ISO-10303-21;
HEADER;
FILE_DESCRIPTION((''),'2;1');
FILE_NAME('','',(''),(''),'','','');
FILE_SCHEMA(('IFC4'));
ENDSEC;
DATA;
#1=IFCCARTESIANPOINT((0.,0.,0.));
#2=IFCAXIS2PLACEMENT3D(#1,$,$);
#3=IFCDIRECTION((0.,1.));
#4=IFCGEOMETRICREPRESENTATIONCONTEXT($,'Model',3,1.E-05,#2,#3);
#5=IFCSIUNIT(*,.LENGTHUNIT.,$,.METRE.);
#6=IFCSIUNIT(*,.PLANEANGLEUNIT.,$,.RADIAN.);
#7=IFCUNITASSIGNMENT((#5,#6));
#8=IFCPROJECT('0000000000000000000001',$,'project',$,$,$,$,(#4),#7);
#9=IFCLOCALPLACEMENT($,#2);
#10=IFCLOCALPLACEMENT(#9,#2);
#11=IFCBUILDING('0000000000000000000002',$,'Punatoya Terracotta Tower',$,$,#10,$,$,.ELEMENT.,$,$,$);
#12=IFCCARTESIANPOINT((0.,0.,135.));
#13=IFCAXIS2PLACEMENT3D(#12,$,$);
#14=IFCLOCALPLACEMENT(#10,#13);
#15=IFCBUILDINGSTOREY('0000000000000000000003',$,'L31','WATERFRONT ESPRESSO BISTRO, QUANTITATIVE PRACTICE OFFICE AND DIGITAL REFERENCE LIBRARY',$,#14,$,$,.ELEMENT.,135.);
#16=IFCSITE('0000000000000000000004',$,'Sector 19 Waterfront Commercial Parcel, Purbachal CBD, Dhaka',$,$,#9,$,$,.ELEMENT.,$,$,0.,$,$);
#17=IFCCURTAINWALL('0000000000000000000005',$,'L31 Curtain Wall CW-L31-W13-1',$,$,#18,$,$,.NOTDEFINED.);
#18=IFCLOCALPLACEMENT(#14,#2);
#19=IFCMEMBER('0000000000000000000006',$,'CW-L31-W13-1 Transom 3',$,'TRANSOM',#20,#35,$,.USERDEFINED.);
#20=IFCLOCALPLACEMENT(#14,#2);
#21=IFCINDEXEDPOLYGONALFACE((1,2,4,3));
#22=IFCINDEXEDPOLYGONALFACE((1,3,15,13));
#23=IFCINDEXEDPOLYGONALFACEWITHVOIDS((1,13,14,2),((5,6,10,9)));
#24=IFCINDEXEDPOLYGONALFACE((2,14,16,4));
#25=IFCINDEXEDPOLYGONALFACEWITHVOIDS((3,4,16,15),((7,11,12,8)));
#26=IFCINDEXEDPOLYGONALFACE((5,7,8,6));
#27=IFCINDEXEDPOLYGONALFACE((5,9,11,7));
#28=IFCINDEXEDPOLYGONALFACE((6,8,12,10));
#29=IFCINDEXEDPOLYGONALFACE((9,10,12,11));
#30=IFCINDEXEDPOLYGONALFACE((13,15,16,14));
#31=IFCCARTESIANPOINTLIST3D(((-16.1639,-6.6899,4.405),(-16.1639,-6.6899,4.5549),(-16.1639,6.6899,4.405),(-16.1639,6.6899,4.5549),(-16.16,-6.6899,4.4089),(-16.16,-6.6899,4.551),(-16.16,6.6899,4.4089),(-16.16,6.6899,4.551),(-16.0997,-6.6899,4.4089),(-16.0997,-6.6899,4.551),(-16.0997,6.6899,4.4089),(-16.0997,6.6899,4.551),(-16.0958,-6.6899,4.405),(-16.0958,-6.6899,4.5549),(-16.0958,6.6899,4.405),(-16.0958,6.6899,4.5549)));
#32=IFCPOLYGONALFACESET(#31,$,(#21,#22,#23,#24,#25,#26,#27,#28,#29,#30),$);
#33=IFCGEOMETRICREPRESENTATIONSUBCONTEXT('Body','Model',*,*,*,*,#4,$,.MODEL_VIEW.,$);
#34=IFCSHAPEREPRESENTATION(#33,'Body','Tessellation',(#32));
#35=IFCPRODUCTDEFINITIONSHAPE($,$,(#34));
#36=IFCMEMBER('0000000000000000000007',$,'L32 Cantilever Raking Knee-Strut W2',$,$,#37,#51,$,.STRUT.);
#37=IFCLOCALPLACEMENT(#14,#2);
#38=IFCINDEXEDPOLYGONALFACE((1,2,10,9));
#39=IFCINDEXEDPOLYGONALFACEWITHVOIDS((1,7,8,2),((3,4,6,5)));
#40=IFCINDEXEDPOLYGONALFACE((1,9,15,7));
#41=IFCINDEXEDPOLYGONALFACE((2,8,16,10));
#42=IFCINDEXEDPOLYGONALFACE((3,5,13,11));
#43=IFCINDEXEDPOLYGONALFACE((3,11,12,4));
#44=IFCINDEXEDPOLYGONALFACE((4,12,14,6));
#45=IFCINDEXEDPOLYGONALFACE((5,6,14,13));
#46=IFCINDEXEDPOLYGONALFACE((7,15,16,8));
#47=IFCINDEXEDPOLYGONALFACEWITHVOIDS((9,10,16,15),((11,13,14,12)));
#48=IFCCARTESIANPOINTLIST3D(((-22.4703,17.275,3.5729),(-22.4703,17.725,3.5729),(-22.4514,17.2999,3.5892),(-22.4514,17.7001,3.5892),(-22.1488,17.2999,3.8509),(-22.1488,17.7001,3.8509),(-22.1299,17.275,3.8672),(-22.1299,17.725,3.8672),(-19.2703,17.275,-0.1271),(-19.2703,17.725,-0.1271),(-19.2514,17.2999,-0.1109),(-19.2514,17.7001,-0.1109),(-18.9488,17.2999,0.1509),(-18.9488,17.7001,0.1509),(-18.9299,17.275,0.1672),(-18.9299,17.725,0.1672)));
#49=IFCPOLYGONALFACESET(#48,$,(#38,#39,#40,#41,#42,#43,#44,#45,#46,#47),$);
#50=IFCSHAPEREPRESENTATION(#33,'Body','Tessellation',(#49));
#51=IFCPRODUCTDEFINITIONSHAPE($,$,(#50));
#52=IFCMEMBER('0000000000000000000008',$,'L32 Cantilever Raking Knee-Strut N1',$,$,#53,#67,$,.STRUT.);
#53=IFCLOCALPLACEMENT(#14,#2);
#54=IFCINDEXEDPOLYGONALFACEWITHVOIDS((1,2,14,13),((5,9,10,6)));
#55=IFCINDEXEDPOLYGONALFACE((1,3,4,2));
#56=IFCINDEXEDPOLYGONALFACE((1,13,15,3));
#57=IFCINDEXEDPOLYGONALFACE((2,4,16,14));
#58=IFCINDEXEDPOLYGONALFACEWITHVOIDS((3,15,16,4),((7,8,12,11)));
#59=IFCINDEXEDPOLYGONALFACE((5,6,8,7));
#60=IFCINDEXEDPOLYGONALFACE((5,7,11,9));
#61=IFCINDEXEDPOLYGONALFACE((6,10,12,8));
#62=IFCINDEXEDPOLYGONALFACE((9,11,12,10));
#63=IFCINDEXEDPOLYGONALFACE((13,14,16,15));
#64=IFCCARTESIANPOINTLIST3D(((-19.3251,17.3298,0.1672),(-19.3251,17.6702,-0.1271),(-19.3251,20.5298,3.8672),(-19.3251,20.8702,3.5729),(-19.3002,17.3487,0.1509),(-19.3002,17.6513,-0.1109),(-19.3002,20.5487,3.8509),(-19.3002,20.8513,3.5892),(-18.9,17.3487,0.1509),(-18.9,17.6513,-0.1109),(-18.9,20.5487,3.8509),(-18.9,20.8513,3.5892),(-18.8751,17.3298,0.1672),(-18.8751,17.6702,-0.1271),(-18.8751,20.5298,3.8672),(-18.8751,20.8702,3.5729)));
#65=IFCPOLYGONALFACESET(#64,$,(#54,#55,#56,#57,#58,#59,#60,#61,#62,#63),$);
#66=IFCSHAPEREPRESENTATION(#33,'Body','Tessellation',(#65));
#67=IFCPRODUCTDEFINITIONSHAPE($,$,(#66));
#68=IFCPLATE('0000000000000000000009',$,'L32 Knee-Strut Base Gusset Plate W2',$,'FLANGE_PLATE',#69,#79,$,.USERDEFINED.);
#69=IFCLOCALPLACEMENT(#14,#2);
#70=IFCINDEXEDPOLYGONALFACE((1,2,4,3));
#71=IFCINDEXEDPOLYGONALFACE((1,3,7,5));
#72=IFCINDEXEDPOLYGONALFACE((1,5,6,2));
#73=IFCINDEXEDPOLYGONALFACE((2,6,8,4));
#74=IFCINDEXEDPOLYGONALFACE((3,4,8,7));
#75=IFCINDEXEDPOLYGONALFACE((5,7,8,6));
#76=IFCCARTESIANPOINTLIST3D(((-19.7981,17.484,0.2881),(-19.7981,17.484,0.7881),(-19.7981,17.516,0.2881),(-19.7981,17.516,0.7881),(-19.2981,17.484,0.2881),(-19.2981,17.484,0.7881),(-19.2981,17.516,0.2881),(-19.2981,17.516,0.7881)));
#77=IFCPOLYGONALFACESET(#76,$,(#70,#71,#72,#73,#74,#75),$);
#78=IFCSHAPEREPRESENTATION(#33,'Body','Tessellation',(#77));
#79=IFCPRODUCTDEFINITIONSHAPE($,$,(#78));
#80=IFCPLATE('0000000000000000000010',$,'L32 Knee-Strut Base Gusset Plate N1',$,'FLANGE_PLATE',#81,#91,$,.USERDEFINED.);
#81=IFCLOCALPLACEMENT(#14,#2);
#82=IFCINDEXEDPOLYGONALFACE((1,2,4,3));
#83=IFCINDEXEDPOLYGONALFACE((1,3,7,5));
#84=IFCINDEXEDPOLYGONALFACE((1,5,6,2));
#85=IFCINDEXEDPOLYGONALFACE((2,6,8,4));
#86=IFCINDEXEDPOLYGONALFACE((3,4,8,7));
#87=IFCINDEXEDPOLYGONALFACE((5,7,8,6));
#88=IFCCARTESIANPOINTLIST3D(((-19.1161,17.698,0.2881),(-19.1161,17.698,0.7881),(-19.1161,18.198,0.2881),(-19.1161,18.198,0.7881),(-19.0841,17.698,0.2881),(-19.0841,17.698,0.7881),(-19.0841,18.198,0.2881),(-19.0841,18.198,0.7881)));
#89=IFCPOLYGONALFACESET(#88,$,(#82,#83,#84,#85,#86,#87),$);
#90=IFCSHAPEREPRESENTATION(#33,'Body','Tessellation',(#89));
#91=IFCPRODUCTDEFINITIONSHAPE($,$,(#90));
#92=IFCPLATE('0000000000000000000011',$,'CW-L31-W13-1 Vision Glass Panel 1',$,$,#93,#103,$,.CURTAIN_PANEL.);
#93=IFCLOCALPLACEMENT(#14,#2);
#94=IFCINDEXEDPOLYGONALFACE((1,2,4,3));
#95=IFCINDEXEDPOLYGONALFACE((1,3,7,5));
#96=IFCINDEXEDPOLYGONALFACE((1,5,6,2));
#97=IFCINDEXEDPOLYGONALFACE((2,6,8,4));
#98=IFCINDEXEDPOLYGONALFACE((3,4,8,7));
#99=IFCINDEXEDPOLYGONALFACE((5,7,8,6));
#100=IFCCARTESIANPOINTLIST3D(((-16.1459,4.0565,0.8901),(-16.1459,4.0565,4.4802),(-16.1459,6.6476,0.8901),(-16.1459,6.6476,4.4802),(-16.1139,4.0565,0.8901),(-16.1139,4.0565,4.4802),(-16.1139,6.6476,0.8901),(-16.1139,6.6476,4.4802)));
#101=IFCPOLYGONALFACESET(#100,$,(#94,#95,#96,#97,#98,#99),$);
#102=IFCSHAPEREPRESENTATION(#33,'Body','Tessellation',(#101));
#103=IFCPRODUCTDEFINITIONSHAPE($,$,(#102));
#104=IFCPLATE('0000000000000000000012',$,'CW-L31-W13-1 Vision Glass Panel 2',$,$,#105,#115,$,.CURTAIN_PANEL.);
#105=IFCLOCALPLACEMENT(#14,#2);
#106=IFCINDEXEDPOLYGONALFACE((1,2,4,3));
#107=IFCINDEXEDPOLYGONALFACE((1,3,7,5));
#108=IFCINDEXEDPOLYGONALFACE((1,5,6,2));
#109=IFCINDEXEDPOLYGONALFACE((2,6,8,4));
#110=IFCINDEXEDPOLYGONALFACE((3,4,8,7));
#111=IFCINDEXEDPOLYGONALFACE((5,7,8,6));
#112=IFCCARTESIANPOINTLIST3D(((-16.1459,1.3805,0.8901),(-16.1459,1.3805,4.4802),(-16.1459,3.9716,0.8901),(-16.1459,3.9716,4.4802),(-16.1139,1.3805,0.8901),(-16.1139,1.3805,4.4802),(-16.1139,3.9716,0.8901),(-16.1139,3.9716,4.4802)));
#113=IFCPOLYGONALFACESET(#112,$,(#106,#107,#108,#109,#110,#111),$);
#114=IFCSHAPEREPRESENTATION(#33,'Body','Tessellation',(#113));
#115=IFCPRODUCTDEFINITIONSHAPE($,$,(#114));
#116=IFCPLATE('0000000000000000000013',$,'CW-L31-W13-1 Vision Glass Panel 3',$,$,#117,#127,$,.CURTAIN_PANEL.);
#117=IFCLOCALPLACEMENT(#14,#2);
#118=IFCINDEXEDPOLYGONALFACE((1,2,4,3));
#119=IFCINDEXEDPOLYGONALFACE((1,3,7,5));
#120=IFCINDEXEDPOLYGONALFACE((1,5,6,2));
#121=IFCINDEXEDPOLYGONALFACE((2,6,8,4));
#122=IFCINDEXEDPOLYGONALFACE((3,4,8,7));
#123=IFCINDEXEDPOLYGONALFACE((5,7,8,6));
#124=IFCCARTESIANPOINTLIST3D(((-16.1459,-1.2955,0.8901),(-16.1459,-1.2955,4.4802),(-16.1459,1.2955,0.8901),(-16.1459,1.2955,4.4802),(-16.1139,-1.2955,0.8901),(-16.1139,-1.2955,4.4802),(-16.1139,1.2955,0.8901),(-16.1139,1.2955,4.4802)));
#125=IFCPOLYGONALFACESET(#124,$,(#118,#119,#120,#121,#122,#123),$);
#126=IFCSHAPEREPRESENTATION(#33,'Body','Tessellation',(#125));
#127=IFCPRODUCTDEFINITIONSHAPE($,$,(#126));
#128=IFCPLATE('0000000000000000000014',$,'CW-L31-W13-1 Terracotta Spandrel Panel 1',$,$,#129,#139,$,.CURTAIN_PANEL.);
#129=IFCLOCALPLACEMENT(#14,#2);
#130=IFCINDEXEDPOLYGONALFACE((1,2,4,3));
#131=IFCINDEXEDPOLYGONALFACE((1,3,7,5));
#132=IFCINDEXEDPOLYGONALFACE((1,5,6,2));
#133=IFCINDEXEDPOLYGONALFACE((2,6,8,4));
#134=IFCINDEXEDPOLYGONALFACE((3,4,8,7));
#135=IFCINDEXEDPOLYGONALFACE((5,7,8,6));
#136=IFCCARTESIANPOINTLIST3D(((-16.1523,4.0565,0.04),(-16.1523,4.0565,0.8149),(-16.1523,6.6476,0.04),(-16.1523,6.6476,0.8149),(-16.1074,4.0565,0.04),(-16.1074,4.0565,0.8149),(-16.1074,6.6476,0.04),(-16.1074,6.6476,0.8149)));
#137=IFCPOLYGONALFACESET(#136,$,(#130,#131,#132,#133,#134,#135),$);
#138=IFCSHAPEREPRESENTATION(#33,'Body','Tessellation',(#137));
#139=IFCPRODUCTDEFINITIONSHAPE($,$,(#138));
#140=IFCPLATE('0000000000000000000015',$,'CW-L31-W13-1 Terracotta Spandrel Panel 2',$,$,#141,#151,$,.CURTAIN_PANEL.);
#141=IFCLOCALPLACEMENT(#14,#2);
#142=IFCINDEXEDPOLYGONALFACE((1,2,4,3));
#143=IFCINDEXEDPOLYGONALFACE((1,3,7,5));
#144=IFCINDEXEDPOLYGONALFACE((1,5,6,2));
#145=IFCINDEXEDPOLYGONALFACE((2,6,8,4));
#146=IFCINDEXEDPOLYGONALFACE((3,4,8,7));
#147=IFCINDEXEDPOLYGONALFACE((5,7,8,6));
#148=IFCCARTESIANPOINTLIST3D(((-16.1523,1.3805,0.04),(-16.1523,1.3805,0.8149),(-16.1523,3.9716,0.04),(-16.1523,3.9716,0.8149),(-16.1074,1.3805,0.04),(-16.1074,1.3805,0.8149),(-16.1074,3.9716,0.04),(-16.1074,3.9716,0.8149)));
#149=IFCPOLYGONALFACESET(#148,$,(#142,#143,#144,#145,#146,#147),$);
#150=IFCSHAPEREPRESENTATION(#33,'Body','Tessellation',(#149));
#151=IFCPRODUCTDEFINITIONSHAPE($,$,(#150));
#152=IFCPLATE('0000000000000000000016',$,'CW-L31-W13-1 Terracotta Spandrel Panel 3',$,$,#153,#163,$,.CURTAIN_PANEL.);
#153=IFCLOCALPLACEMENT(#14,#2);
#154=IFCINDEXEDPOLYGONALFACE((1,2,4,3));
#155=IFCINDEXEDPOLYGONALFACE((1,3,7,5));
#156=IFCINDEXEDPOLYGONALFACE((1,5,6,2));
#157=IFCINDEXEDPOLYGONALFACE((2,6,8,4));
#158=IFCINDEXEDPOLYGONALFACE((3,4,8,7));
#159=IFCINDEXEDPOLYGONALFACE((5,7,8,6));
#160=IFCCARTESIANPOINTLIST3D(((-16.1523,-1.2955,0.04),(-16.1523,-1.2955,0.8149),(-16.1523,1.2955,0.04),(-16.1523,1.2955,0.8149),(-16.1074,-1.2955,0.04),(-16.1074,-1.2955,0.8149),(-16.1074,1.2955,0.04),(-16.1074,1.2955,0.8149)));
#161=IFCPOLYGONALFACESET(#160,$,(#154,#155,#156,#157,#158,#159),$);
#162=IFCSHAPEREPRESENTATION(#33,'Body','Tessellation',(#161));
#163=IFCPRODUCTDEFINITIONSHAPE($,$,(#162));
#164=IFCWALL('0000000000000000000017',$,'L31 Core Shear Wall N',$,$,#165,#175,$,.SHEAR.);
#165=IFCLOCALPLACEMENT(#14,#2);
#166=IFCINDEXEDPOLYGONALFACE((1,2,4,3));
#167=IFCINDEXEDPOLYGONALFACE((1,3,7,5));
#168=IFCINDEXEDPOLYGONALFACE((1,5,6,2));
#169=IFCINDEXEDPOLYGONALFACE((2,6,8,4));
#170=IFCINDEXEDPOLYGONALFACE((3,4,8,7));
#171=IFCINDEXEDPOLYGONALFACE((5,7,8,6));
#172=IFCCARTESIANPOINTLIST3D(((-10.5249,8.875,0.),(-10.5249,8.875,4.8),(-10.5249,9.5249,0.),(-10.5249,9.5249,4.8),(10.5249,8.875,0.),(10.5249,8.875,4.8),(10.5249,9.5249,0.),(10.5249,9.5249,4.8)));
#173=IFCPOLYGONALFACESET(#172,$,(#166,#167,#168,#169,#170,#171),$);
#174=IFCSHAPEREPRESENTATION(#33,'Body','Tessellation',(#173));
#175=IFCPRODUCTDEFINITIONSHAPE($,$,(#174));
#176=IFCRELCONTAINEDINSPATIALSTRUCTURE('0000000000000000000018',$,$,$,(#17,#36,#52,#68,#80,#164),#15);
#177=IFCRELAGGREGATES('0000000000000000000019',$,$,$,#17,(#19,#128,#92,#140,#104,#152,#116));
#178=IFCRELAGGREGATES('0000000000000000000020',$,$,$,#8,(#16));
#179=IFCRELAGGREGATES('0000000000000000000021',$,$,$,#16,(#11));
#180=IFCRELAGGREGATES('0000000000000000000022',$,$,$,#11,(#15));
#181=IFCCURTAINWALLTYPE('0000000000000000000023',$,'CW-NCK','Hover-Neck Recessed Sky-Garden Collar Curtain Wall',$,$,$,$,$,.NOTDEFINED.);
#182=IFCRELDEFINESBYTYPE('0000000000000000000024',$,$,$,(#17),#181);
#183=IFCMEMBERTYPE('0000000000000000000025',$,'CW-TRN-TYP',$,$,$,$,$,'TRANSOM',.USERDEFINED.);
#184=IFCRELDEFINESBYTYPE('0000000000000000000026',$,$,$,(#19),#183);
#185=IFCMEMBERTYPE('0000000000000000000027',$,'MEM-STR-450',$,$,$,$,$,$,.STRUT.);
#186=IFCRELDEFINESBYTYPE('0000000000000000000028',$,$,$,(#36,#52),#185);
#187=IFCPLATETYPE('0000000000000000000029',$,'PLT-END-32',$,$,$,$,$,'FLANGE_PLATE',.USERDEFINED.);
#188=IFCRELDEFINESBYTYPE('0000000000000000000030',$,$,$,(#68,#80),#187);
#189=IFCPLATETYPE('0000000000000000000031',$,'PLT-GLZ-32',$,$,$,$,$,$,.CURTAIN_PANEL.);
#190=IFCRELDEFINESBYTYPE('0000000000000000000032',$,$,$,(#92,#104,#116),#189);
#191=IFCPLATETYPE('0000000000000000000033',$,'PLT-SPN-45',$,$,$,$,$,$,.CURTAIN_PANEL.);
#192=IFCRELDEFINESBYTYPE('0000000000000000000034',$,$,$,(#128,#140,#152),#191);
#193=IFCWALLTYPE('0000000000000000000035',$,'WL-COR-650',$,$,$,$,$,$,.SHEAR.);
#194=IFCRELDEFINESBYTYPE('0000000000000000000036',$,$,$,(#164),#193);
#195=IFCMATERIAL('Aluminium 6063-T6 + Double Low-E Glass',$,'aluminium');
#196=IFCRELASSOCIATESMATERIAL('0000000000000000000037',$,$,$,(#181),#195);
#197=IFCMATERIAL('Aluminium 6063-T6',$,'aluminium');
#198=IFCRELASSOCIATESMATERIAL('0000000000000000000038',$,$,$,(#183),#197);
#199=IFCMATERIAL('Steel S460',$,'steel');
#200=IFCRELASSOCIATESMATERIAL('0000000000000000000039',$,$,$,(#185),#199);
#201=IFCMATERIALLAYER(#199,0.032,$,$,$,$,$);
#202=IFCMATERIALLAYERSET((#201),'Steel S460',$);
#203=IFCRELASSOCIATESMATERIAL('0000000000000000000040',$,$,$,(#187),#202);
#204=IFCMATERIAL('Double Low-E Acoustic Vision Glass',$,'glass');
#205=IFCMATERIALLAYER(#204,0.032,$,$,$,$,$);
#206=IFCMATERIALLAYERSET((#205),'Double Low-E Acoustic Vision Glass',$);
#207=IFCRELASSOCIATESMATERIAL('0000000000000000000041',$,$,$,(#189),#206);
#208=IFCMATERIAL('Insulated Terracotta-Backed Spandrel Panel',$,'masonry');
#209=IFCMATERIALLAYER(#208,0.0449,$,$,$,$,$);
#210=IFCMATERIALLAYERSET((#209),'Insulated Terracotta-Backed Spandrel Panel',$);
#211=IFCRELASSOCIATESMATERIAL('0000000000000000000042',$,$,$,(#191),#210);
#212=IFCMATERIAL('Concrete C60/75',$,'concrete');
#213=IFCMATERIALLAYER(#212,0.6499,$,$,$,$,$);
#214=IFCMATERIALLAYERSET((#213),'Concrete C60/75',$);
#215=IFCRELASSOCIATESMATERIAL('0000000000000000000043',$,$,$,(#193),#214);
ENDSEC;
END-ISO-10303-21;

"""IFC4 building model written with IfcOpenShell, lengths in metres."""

from ifc_helpers import new_model, si_unit, direction, frame, frame_2d, origin, origin_2d, place, context, subcontext, project, spatial, rectangle, hollow_rectangle, extrude, material, layer, layer_set, material_profile, profile_set, type_object, element, aggregate, save


model = new_model("IFC4")

# Units and contexts
model_context = context("Model", 3, precision=1e-05, world=origin(), true_north=direction((0.0, 1.0)))
body_context = subcontext(model_context, "Body", "Model", "MODEL_VIEW")
ifc_project = project(units=[si_unit("LENGTHUNIT", "METRE"), si_unit("PLANEANGLEUNIT", "RADIAN")], contexts=[model_context])

# Site, building, storey
site_placement = place(None, origin())
site = spatial("IfcSite", under=ifc_project, at=site_placement, Name="Sector 19 Waterfront Commercial Parcel, Purbachal CBD, Dhaka", CompositionType="ELEMENT", RefElevation=0.0)
building_placement = place(site_placement, origin())
building = spatial("IfcBuilding", under=site, at=building_placement, Name="Punatoya Terracotta Tower", CompositionType="ELEMENT")
storey_placement = place(building_placement, frame((0.0, 0.0, 135.0)))
storey = spatial("IfcBuildingStorey", under=building, at=storey_placement, Name="L31", Description="WATERFRONT ESPRESSO BISTRO, QUANTITATIVE PRACTICE OFFICE AND DIGITAL REFERENCE LIBRARY", CompositionType="ELEMENT", Elevation=135.0)

# Shared definitions
ifc_material_1 = material(Name="Steel S460", Category="steel")

# Curtain wall, member
ifc_material_2 = material(Name="Aluminium 6063-T6 + Double Low-E Glass", Category="aluminium")
curtain_wall_type = type_object("IfcCurtainWallType", Name="CW-NCK", Description="Hover-Neck Recessed Sky-Garden Collar Curtain Wall", PredefinedType="NOTDEFINED", material=ifc_material_2)
curtain_wall_placement = place(storey_placement, origin())
curtain_wall = element("IfcCurtainWall", 1, at=curtain_wall_placement, inside=storey, type_object=curtain_wall_type, Name="L31 Curtain Wall CW-L31-W13-1", PredefinedType="NOTDEFINED")
ifc_material_3 = material(Name="Aluminium 6063-T6", Category="aluminium")
ifc_material_profile_1 = material_profile(ifc_material_3, hollow_rectangle(XDim=0.0681, YDim=0.1499, WallThickness=0.0039, at=origin_2d()))
ifc_profile_set_1 = profile_set([ifc_material_profile_1], Name="Aluminium 6063-T6")
member_type_1 = type_object("IfcMemberType", Name="CW-TRN-TYP", ElementType="TRANSOM", PredefinedType="USERDEFINED", material=ifc_profile_set_1)
member_1_placement = place(storey_placement, frame((-16.1299, 6.6899, 4.48), z_axis=(0.0, -1.0, 0.0), x_axis=(1.0, 0.0, 0.0)))
member_1 = element("IfcMember", 2, at=member_1_placement, type_object=member_type_1, Name="CW-L31-W13-1 Transom 3", ObjectType="TRANSOM", PredefinedType="USERDEFINED", context=body_context, shape_type="SweptSolid", body=[
    extrude(hollow_rectangle(XDim=0.0681, YDim=0.1499, WallThickness=0.0039, at=origin_2d()), origin(), (0.0, 0.0, 1.0), 13.3799),
])

# Members
ifc_material_profile_2 = material_profile(ifc_material_1, hollow_rectangle(XDim=0.45, YDim=0.45, WallThickness=0.0249, at=origin_2d()))
ifc_profile_set_2 = profile_set([ifc_material_profile_2], Name="Steel S460")
member_type_2 = type_object("IfcMemberType", Name="MEM-STR-450", PredefinedType="STRUT", material=ifc_profile_set_2)
for number, where, z_axis, x_axis, name in (
    (3, (-19.1001, 17.5, 0.02), (-0.654151, 0.0, 0.756364), (0.0, -1.0, 0.0), "L32 Cantilever Raking Knee-Strut W2"),
    (4, (-19.1001, 17.5, 0.02), (0.0, 0.654151, 0.756364), (-1.0, 0.0, 0.0), "L32 Cantilever Raking Knee-Strut N1"),
):
    element("IfcMember", number, at=place(storey_placement, frame(where, z_axis=z_axis, x_axis=x_axis)), inside=storey, type_object=member_type_2, Name=name, PredefinedType="STRUT", context=body_context, shape_type="SweptSolid", body=[
        extrude(hollow_rectangle(XDim=0.45, YDim=0.45, WallThickness=0.0249, at=origin_2d()), origin(), (0.0, 0.0, 1.0), 4.8918),
    ])

# Plates
ifc_layer_1 = layer(ifc_material_1, 0.032)
ifc_layer_set_1 = layer_set([ifc_layer_1], Name="Steel S460")
plate_type_1 = type_object("IfcPlateType", Name="PLT-END-32", ElementType="FLANGE_PLATE", PredefinedType="USERDEFINED", material=ifc_layer_set_1)
for number, where, z_axis, x_axis, name in (
    (5, (-19.5481, 17.5, 0.2881), (0.0, 0.0, 1.0), (1.0, 0.0, 0.0), "L32 Knee-Strut Base Gusset Plate W2"),
    (6, (-19.1001, 17.948, 0.2881), (0.0, 0.0, 1.0), (0.0, 1.0, 0.0), "L32 Knee-Strut Base Gusset Plate N1"),
):
    element("IfcPlate", number, at=place(storey_placement, frame(where, z_axis=z_axis, x_axis=x_axis)), inside=storey, type_object=plate_type_1, Name=name, ObjectType="FLANGE_PLATE", PredefinedType="USERDEFINED", context=body_context, shape_type="SweptSolid", body=[
        extrude(rectangle(XDim=0.5, YDim=0.032, at=origin_2d()), origin(), (0.0, 0.0, 1.0), 0.5),
    ])

# Plates
ifc_material_4 = material(Name="Double Low-E Acoustic Vision Glass", Category="glass")
ifc_layer_2 = layer(ifc_material_4, 0.032)
ifc_layer_set_2 = layer_set([ifc_layer_2], Name="Double Low-E Acoustic Vision Glass")
plate_type_2 = type_object("IfcPlateType", Name="PLT-GLZ-32", PredefinedType="CURTAIN_PANEL", material=ifc_layer_set_2)
plate_1_placement = place(storey_placement, frame((-16.1299, 5.3521, 0.8901), z_axis=(0.0, 0.0, 1.0), x_axis=(0.0, -1.0, 0.0)))
plate_1 = element("IfcPlate", 7, at=plate_1_placement, type_object=plate_type_2, Name="CW-L31-W13-1 Vision Glass Panel 1", PredefinedType="CURTAIN_PANEL", context=body_context, shape_type="SweptSolid", body=[
    extrude(rectangle(XDim=2.5911, YDim=0.032, at=origin_2d()), origin(), (0.0, 0.0, 1.0), 3.5901),
])
plate_2_placement = place(storey_placement, frame((-16.1299, 2.676, 0.8901), z_axis=(0.0, 0.0, 1.0), x_axis=(0.0, -1.0, 0.0)))
plate_2 = element("IfcPlate", 8, at=plate_2_placement, type_object=plate_type_2, Name="CW-L31-W13-1 Vision Glass Panel 2", PredefinedType="CURTAIN_PANEL", context=body_context, shape_type="SweptSolid", body=[
    extrude(rectangle(XDim=2.5911, YDim=0.032, at=origin_2d()), origin(), (0.0, 0.0, 1.0), 3.5901),
])
plate_3_placement = place(storey_placement, frame((-16.1299, 0.0, 0.8901), z_axis=(0.0, 0.0, 1.0), x_axis=(0.0, -1.0, 0.0)))
plate_3 = element("IfcPlate", 9, at=plate_3_placement, type_object=plate_type_2, Name="CW-L31-W13-1 Vision Glass Panel 3", PredefinedType="CURTAIN_PANEL", context=body_context, shape_type="SweptSolid", body=[
    extrude(rectangle(XDim=2.5911, YDim=0.032, at=origin_2d()), origin(), (0.0, 0.0, 1.0), 3.5901),
])
ifc_material_5 = material(Name="Insulated Terracotta-Backed Spandrel Panel", Category="masonry")
ifc_layer_3 = layer(ifc_material_5, 0.0449)
ifc_layer_set_3 = layer_set([ifc_layer_3], Name="Insulated Terracotta-Backed Spandrel Panel")
plate_type_3 = type_object("IfcPlateType", Name="PLT-SPN-45", PredefinedType="CURTAIN_PANEL", material=ifc_layer_set_3)
plate_4_placement = place(storey_placement, frame((-16.1299, 5.3521, 0.04), z_axis=(0.0, 0.0, 1.0), x_axis=(0.0, -1.0, 0.0)))
plate_4 = element("IfcPlate", 10, at=plate_4_placement, type_object=plate_type_3, Name="CW-L31-W13-1 Terracotta Spandrel Panel 1", PredefinedType="CURTAIN_PANEL", context=body_context, shape_type="SweptSolid", body=[
    extrude(rectangle(XDim=2.5911, YDim=0.0449, at=origin_2d()), origin(), (0.0, 0.0, 1.0), 0.7749),
])
plate_5_placement = place(storey_placement, frame((-16.1299, 2.676, 0.04), z_axis=(0.0, 0.0, 1.0), x_axis=(0.0, -1.0, 0.0)))
plate_5 = element("IfcPlate", 11, at=plate_5_placement, type_object=plate_type_3, Name="CW-L31-W13-1 Terracotta Spandrel Panel 2", PredefinedType="CURTAIN_PANEL", context=body_context, shape_type="SweptSolid", body=[
    extrude(rectangle(XDim=2.5911, YDim=0.0449, at=origin_2d()), origin(), (0.0, 0.0, 1.0), 0.7749),
])
plate_6_placement = place(storey_placement, frame((-16.1299, 0.0, 0.04), z_axis=(0.0, 0.0, 1.0), x_axis=(0.0, -1.0, 0.0)))
plate_6 = element("IfcPlate", 12, at=plate_6_placement, type_object=plate_type_3, Name="CW-L31-W13-1 Terracotta Spandrel Panel 3", PredefinedType="CURTAIN_PANEL", context=body_context, shape_type="SweptSolid", body=[
    extrude(rectangle(XDim=2.5911, YDim=0.0449, at=origin_2d()), origin(), (0.0, 0.0, 1.0), 0.7749),
])
aggregate(curtain_wall, [member_1, plate_4, plate_1, plate_5, plate_2, plate_6, plate_3])

# Wall
ifc_material_6 = material(Name="Concrete C60/75", Category="concrete")
ifc_layer_4 = layer(ifc_material_6, 0.6499)
ifc_layer_set_4 = layer_set([ifc_layer_4], Name="Concrete C60/75")
wall_type_1 = type_object("IfcWallType", Name="WL-COR-650", PredefinedType="SHEAR", material=ifc_layer_set_4)
wall_1_placement = place(storey_placement, frame((-10.5249, 9.2, 0.0), z_axis=(0.0, 0.0, 1.0), x_axis=(1.0, 0.0, 0.0)))
element("IfcWall", 13, at=wall_1_placement, inside=storey, type_object=wall_type_1, Name="L31 Core Shear Wall N", PredefinedType="SHEAR", context=body_context, shape_type="SweptSolid", body=[
    extrude(rectangle(XDim=21.0498, YDim=0.6499, at=frame_2d((10.5249, 0.0))), origin(), (0.0, 0.0, 1.0), 4.8),
])

save(model, "model.ifc")
